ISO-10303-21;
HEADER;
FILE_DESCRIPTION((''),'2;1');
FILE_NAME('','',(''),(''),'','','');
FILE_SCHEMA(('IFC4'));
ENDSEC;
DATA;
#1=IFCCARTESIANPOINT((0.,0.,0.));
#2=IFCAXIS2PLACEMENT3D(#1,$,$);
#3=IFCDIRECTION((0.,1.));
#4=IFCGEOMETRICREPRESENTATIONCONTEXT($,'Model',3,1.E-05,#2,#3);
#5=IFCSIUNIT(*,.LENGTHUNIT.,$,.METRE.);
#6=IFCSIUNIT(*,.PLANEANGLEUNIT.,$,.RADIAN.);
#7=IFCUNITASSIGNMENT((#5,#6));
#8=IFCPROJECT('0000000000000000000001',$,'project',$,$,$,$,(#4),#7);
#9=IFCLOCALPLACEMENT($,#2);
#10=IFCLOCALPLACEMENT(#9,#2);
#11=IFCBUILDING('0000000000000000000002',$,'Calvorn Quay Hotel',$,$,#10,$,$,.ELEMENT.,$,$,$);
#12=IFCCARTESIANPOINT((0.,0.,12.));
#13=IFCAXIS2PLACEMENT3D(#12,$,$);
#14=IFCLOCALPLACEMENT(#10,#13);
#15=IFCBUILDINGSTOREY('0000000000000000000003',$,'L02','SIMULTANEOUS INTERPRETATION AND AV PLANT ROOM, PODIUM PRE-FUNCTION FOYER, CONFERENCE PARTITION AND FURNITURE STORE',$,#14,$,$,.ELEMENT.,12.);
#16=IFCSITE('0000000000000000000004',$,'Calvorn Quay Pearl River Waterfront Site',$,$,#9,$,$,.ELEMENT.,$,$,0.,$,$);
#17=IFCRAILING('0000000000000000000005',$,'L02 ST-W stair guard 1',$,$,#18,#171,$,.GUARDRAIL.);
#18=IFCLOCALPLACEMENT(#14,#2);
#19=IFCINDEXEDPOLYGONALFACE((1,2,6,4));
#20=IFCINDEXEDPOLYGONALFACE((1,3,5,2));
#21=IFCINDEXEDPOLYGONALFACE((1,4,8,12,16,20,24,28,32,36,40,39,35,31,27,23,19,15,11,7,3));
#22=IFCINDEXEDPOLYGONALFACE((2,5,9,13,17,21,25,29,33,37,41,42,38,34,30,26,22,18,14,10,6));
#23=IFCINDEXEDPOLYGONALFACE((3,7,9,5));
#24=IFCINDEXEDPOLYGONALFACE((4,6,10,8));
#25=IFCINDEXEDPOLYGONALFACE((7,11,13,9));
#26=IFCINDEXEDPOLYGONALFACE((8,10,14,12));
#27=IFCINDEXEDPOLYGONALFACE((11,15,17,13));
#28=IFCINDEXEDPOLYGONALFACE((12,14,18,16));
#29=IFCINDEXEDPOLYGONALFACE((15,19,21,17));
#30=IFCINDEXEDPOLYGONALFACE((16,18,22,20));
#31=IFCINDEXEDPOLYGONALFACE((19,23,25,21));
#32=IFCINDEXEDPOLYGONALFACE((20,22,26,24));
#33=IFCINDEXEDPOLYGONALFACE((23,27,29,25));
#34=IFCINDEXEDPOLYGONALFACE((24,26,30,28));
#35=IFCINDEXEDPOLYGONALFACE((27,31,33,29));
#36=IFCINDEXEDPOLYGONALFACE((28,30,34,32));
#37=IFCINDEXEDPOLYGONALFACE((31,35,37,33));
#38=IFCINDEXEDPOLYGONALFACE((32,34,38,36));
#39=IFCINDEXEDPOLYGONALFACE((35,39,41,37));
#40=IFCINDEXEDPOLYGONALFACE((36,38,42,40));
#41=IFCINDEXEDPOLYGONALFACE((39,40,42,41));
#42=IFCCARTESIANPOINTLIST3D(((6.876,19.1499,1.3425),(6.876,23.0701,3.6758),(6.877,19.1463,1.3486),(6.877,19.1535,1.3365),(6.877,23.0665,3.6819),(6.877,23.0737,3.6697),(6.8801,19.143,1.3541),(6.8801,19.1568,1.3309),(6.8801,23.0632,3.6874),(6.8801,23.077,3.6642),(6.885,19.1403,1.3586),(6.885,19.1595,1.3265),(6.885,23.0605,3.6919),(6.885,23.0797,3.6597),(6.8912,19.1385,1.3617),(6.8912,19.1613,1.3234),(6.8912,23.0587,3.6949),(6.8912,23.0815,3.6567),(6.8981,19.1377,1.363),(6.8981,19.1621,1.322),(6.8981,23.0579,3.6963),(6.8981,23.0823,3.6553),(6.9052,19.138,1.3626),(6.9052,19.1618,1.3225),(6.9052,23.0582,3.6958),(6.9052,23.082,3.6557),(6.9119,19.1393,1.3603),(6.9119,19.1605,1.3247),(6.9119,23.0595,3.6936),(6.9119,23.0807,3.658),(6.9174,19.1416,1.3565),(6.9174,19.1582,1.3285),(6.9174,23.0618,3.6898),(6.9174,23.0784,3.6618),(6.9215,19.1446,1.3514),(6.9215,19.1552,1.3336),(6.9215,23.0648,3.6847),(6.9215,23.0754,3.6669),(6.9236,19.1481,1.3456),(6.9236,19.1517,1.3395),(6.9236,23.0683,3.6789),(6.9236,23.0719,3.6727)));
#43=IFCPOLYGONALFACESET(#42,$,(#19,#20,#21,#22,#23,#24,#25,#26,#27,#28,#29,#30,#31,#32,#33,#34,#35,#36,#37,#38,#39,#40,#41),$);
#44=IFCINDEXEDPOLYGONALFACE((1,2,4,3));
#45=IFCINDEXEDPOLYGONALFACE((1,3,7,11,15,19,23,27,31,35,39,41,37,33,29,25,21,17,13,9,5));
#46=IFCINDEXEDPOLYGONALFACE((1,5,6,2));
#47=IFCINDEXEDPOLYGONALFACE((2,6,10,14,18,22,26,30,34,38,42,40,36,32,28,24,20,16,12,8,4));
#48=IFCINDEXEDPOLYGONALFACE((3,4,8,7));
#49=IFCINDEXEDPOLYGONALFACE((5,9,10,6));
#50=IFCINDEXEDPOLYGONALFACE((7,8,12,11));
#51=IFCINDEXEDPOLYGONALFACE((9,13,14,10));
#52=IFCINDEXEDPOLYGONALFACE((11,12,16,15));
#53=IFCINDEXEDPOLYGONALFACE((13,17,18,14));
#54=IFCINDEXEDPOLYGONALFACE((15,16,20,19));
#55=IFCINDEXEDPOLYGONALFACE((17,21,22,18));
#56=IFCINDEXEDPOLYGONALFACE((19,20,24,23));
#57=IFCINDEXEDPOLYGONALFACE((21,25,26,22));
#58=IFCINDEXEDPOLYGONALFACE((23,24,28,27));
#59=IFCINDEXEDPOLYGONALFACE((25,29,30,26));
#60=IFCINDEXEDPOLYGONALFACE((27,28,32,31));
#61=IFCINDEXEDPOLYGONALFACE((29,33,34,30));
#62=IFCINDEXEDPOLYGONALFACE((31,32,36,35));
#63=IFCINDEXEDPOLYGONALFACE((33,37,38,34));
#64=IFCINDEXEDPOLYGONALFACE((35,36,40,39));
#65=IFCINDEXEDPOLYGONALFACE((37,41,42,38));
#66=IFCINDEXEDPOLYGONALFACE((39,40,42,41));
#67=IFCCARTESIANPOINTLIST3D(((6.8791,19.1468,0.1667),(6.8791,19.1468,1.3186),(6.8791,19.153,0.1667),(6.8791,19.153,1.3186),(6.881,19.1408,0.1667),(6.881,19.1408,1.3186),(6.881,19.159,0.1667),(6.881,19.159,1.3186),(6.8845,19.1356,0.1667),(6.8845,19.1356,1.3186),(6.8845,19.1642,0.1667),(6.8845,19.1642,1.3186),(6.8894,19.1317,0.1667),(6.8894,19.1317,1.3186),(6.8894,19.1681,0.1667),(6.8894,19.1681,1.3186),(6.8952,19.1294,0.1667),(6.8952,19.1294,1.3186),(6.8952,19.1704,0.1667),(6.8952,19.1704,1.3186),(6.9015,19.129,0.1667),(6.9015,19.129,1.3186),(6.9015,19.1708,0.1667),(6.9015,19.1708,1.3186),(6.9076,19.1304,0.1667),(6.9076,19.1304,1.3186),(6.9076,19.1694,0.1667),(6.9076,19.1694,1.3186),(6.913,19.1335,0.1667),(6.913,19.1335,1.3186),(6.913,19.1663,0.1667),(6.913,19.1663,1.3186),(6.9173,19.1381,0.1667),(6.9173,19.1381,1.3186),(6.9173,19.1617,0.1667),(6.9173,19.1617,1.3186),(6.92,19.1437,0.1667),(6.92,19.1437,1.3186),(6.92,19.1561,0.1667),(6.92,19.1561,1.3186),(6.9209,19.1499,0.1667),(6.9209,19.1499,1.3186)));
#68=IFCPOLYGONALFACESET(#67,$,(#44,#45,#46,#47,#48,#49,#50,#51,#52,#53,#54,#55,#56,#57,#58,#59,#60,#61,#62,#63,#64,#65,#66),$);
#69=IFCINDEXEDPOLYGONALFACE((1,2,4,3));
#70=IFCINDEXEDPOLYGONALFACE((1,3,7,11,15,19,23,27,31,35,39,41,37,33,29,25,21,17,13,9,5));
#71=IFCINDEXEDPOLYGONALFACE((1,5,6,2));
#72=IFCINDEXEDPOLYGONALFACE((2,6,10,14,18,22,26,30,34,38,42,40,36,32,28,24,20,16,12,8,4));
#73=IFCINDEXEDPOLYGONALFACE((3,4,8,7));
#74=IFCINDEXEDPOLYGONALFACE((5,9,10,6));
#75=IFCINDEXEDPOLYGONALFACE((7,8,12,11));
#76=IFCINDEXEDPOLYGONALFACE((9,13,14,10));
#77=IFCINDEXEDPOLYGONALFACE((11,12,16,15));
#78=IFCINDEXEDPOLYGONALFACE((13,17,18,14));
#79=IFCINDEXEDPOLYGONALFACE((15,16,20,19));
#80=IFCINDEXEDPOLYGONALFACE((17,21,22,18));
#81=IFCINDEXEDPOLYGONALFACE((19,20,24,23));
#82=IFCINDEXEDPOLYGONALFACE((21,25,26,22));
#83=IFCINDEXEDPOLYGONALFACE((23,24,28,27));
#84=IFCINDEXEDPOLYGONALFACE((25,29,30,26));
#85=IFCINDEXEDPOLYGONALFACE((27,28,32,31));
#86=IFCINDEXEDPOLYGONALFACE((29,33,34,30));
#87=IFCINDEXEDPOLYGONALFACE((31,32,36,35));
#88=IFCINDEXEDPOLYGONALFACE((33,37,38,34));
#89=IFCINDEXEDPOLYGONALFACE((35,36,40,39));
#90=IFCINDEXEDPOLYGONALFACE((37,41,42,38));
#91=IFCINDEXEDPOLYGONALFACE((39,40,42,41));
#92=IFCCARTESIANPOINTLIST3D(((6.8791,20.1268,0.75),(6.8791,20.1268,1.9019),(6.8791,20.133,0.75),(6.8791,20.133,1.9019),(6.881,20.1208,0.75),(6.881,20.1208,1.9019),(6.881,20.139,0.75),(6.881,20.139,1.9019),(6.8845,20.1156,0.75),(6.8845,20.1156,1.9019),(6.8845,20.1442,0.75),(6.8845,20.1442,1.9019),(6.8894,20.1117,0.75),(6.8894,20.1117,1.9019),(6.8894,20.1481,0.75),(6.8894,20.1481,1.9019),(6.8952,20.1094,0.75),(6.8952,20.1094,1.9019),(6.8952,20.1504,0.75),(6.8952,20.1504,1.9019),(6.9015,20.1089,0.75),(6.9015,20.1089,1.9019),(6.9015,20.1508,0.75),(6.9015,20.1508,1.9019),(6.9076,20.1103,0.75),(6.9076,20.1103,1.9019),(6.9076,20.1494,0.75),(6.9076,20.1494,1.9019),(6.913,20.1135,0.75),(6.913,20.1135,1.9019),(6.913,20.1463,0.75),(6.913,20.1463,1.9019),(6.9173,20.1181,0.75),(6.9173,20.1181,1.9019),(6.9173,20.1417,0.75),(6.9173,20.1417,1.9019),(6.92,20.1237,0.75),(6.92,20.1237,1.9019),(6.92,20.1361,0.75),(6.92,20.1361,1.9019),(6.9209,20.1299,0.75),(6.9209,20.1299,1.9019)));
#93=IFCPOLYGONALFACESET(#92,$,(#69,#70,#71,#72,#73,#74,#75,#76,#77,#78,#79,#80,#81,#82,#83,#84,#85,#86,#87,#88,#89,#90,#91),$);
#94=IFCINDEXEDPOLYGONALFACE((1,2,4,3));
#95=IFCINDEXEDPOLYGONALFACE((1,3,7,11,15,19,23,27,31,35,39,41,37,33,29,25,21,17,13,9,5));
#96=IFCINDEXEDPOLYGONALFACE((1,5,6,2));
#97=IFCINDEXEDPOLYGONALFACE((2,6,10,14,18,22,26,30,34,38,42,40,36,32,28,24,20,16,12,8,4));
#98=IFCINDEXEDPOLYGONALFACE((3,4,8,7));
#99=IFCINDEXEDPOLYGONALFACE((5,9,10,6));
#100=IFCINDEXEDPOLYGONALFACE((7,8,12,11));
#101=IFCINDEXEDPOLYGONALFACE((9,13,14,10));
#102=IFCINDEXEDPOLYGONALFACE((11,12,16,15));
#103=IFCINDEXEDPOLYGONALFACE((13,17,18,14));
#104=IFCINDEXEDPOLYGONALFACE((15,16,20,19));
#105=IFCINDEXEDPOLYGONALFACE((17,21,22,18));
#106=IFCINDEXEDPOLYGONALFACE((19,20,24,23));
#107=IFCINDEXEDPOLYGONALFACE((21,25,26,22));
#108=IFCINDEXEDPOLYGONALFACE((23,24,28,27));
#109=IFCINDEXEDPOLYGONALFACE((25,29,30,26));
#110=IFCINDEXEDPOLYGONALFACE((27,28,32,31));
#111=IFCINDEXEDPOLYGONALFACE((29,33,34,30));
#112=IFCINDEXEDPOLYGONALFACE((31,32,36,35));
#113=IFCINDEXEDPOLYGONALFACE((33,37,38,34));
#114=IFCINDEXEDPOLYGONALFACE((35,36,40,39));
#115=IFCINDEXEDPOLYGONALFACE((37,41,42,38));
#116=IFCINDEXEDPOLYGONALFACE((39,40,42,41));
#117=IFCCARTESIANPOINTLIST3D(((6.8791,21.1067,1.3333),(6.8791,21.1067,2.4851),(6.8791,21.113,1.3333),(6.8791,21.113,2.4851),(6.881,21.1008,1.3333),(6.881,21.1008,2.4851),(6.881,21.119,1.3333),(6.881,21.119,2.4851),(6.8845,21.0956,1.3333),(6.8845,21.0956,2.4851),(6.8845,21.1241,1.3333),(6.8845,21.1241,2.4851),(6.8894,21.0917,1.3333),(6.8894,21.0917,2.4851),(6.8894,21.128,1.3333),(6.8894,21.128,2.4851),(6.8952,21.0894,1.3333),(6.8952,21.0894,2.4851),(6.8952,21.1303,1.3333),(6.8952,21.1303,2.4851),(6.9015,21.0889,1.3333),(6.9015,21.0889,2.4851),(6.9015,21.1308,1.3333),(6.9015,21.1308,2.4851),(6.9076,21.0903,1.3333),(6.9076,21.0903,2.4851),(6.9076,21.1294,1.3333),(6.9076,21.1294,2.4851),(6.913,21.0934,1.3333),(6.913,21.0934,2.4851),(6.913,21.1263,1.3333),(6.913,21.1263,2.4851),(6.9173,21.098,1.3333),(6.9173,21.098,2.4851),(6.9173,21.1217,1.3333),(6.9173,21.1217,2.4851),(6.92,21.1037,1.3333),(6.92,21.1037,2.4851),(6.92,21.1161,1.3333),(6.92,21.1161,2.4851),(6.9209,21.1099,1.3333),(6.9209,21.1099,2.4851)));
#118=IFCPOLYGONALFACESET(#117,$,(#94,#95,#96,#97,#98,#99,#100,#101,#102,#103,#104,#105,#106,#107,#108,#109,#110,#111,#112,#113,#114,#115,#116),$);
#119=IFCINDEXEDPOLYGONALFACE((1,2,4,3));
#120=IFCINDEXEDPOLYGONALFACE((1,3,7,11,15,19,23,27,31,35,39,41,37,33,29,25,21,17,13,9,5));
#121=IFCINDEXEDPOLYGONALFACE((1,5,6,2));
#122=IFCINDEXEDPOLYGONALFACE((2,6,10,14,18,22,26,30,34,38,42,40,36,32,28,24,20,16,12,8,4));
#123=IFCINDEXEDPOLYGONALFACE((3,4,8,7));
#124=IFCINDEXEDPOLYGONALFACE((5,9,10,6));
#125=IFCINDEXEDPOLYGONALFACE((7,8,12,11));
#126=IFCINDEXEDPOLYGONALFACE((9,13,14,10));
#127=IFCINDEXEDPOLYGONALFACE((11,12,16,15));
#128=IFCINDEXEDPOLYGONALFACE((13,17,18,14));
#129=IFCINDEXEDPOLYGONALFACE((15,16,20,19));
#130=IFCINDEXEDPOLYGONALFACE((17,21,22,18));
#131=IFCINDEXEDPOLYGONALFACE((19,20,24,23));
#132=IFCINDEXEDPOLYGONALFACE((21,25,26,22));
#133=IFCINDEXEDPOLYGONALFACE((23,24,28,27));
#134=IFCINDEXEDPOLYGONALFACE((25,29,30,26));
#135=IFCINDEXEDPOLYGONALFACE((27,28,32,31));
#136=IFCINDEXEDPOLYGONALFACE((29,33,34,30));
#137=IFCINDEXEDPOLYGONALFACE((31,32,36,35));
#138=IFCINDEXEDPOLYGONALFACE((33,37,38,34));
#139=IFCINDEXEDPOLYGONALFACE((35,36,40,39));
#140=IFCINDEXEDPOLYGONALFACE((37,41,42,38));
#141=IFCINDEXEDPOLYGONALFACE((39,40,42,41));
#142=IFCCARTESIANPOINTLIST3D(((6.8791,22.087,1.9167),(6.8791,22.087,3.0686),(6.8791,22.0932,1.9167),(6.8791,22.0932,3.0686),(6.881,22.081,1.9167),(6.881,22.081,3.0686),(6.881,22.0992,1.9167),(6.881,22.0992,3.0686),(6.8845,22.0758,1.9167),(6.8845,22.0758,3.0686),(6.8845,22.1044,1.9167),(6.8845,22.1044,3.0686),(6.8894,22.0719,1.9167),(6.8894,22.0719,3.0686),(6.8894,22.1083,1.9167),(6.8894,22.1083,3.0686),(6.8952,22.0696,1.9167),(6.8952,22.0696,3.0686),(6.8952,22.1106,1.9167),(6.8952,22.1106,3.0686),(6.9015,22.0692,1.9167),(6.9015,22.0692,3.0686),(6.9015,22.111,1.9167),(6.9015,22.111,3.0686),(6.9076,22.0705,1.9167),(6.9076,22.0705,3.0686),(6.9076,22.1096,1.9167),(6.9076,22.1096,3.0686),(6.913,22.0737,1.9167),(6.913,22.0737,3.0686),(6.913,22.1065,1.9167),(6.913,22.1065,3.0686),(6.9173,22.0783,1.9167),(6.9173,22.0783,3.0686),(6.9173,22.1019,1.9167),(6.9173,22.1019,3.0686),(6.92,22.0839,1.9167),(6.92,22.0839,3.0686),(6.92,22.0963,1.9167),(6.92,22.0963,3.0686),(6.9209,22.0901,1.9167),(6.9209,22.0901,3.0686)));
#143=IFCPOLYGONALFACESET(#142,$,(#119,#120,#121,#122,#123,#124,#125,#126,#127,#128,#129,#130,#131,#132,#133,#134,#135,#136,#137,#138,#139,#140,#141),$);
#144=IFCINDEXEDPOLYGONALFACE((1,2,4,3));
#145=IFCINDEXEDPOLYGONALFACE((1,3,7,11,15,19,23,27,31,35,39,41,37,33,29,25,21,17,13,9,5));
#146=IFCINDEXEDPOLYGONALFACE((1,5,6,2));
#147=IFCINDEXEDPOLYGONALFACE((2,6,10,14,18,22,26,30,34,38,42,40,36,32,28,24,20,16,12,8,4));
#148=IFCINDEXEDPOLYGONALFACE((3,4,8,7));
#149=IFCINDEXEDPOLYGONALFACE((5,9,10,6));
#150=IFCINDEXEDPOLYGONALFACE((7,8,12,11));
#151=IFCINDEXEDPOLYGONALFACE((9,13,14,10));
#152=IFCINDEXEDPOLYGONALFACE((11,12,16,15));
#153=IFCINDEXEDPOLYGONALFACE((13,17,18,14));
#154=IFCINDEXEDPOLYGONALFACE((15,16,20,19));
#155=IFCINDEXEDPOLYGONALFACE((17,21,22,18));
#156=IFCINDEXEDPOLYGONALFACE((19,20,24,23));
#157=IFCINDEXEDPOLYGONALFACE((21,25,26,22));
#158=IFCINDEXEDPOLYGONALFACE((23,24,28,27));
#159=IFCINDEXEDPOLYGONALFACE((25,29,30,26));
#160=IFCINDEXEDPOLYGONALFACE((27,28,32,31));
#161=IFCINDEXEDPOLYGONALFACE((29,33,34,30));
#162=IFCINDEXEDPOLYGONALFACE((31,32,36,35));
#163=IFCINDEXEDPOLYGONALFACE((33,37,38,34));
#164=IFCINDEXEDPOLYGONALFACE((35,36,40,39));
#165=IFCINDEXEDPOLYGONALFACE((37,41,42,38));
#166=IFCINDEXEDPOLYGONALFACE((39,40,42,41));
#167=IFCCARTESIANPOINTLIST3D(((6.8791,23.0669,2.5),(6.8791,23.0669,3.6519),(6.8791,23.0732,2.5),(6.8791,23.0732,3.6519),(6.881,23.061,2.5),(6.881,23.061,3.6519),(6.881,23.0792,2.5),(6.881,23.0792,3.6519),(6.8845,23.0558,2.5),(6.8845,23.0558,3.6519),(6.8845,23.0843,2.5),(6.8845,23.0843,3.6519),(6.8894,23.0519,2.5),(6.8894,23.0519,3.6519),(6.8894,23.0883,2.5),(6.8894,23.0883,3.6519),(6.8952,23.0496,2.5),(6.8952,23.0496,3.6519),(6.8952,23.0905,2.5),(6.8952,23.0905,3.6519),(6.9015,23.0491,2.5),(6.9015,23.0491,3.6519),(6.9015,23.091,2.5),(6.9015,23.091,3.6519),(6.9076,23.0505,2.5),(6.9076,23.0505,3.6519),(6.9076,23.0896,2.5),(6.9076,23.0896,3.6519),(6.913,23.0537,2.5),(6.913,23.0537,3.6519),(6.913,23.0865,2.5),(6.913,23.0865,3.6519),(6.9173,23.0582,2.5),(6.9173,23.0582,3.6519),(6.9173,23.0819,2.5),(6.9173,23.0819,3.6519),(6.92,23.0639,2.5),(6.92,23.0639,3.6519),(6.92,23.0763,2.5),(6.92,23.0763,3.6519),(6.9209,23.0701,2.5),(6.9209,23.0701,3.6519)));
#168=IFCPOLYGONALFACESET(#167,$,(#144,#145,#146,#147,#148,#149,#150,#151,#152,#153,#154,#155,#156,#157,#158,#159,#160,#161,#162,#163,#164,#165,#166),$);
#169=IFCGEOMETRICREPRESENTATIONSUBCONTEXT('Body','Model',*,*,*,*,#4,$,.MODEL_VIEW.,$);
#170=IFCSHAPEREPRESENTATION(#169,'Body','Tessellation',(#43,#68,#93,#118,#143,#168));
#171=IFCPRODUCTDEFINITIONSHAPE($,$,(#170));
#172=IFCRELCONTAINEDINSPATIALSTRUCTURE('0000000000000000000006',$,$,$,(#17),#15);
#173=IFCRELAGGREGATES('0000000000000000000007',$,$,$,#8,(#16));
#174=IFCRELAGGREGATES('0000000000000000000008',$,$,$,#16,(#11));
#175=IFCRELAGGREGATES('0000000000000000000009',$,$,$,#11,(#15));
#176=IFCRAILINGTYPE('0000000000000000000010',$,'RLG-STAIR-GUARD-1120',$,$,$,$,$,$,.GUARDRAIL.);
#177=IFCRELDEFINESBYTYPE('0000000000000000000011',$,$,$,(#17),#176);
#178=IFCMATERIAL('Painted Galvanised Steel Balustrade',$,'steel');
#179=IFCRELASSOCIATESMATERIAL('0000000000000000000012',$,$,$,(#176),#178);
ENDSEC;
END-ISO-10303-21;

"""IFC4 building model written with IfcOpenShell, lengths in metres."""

from ifc_helpers import new_model, si_unit, direction, frame, origin, origin_2d, place, context, subcontext, project, spatial, circle, extrude, material, type_object, element, save


model = new_model("IFC4")

# Units and contexts
model_context = context("Model", 3, precision=1e-05, world=origin(), true_north=direction((0.0, 1.0)))
body_context = subcontext(model_context, "Body", "Model", "MODEL_VIEW")
ifc_project = project(units=[si_unit("LENGTHUNIT", "METRE"), si_unit("PLANEANGLEUNIT", "RADIAN")], contexts=[model_context])

# Site, building, storey
site_placement = place(None, origin())
site = spatial("IfcSite", under=ifc_project, at=site_placement, Name="Calvorn Quay Pearl River Waterfront Site", CompositionType="ELEMENT", RefElevation=0.0)
building_placement = place(site_placement, origin())
building = spatial("IfcBuilding", under=site, at=building_placement, Name="Calvorn Quay Hotel", CompositionType="ELEMENT")
storey_placement = place(building_placement, frame((0.0, 0.0, 12.0)))
storey = spatial("IfcBuildingStorey", under=building, at=storey_placement, Name="L02", Description="SIMULTANEOUS INTERPRETATION AND AV PLANT ROOM, PODIUM PRE-FUNCTION FOYER, CONFERENCE PARTITION AND FURNITURE STORE", CompositionType="ELEMENT", Elevation=12.0)

# Railing
ifc_material_1 = material(Name="Painted Galvanised Steel Balustrade", Category="steel")
railing_type_1 = type_object("IfcRailingType", Name="RLG-STAIR-GUARD-1120", PredefinedType="GUARDRAIL", material=ifc_material_1)
railing_1_placement = place(storey_placement, frame((6.8999, 19.1499, 0.1667)))
element("IfcRailing", 1, at=railing_1_placement, inside=storey, type_object=railing_type_1, Name="L02 ST-W stair guard 1", PredefinedType="GUARDRAIL", context=body_context, shape_type="SweptSolid", body=[
    extrude(circle(Radius=0.0239, at=origin_2d()), frame((0.0, 0.0, 1.1758), z_axis=(0.0, 0.85931, 0.511455), x_axis=(-1.0, 0.0, 0.0)), (0.0, 0.0, 1.0), 4.562),
    extrude(circle(Radius=0.021, at=origin_2d()), origin(), (0.0, 0.0, 1.0), 1.1519),
    extrude(circle(Radius=0.021, at=origin_2d()), frame((0.0, 0.98, 0.5833)), (0.0, 0.0, 1.0), 1.1519),
    extrude(circle(Radius=0.021, at=origin_2d()), frame((0.0, 1.96, 1.1665)), (0.0, 0.0, 1.0), 1.1519),
    extrude(circle(Radius=0.021, at=origin_2d()), frame((0.0, 2.9402, 1.75)), (0.0, 0.0, 1.0), 1.1519),
    extrude(circle(Radius=0.021, at=origin_2d()), frame((0.0, 3.9202, 2.3333)), (0.0, 0.0, 1.0), 1.1519),
])

save(model, "model.ifc")
